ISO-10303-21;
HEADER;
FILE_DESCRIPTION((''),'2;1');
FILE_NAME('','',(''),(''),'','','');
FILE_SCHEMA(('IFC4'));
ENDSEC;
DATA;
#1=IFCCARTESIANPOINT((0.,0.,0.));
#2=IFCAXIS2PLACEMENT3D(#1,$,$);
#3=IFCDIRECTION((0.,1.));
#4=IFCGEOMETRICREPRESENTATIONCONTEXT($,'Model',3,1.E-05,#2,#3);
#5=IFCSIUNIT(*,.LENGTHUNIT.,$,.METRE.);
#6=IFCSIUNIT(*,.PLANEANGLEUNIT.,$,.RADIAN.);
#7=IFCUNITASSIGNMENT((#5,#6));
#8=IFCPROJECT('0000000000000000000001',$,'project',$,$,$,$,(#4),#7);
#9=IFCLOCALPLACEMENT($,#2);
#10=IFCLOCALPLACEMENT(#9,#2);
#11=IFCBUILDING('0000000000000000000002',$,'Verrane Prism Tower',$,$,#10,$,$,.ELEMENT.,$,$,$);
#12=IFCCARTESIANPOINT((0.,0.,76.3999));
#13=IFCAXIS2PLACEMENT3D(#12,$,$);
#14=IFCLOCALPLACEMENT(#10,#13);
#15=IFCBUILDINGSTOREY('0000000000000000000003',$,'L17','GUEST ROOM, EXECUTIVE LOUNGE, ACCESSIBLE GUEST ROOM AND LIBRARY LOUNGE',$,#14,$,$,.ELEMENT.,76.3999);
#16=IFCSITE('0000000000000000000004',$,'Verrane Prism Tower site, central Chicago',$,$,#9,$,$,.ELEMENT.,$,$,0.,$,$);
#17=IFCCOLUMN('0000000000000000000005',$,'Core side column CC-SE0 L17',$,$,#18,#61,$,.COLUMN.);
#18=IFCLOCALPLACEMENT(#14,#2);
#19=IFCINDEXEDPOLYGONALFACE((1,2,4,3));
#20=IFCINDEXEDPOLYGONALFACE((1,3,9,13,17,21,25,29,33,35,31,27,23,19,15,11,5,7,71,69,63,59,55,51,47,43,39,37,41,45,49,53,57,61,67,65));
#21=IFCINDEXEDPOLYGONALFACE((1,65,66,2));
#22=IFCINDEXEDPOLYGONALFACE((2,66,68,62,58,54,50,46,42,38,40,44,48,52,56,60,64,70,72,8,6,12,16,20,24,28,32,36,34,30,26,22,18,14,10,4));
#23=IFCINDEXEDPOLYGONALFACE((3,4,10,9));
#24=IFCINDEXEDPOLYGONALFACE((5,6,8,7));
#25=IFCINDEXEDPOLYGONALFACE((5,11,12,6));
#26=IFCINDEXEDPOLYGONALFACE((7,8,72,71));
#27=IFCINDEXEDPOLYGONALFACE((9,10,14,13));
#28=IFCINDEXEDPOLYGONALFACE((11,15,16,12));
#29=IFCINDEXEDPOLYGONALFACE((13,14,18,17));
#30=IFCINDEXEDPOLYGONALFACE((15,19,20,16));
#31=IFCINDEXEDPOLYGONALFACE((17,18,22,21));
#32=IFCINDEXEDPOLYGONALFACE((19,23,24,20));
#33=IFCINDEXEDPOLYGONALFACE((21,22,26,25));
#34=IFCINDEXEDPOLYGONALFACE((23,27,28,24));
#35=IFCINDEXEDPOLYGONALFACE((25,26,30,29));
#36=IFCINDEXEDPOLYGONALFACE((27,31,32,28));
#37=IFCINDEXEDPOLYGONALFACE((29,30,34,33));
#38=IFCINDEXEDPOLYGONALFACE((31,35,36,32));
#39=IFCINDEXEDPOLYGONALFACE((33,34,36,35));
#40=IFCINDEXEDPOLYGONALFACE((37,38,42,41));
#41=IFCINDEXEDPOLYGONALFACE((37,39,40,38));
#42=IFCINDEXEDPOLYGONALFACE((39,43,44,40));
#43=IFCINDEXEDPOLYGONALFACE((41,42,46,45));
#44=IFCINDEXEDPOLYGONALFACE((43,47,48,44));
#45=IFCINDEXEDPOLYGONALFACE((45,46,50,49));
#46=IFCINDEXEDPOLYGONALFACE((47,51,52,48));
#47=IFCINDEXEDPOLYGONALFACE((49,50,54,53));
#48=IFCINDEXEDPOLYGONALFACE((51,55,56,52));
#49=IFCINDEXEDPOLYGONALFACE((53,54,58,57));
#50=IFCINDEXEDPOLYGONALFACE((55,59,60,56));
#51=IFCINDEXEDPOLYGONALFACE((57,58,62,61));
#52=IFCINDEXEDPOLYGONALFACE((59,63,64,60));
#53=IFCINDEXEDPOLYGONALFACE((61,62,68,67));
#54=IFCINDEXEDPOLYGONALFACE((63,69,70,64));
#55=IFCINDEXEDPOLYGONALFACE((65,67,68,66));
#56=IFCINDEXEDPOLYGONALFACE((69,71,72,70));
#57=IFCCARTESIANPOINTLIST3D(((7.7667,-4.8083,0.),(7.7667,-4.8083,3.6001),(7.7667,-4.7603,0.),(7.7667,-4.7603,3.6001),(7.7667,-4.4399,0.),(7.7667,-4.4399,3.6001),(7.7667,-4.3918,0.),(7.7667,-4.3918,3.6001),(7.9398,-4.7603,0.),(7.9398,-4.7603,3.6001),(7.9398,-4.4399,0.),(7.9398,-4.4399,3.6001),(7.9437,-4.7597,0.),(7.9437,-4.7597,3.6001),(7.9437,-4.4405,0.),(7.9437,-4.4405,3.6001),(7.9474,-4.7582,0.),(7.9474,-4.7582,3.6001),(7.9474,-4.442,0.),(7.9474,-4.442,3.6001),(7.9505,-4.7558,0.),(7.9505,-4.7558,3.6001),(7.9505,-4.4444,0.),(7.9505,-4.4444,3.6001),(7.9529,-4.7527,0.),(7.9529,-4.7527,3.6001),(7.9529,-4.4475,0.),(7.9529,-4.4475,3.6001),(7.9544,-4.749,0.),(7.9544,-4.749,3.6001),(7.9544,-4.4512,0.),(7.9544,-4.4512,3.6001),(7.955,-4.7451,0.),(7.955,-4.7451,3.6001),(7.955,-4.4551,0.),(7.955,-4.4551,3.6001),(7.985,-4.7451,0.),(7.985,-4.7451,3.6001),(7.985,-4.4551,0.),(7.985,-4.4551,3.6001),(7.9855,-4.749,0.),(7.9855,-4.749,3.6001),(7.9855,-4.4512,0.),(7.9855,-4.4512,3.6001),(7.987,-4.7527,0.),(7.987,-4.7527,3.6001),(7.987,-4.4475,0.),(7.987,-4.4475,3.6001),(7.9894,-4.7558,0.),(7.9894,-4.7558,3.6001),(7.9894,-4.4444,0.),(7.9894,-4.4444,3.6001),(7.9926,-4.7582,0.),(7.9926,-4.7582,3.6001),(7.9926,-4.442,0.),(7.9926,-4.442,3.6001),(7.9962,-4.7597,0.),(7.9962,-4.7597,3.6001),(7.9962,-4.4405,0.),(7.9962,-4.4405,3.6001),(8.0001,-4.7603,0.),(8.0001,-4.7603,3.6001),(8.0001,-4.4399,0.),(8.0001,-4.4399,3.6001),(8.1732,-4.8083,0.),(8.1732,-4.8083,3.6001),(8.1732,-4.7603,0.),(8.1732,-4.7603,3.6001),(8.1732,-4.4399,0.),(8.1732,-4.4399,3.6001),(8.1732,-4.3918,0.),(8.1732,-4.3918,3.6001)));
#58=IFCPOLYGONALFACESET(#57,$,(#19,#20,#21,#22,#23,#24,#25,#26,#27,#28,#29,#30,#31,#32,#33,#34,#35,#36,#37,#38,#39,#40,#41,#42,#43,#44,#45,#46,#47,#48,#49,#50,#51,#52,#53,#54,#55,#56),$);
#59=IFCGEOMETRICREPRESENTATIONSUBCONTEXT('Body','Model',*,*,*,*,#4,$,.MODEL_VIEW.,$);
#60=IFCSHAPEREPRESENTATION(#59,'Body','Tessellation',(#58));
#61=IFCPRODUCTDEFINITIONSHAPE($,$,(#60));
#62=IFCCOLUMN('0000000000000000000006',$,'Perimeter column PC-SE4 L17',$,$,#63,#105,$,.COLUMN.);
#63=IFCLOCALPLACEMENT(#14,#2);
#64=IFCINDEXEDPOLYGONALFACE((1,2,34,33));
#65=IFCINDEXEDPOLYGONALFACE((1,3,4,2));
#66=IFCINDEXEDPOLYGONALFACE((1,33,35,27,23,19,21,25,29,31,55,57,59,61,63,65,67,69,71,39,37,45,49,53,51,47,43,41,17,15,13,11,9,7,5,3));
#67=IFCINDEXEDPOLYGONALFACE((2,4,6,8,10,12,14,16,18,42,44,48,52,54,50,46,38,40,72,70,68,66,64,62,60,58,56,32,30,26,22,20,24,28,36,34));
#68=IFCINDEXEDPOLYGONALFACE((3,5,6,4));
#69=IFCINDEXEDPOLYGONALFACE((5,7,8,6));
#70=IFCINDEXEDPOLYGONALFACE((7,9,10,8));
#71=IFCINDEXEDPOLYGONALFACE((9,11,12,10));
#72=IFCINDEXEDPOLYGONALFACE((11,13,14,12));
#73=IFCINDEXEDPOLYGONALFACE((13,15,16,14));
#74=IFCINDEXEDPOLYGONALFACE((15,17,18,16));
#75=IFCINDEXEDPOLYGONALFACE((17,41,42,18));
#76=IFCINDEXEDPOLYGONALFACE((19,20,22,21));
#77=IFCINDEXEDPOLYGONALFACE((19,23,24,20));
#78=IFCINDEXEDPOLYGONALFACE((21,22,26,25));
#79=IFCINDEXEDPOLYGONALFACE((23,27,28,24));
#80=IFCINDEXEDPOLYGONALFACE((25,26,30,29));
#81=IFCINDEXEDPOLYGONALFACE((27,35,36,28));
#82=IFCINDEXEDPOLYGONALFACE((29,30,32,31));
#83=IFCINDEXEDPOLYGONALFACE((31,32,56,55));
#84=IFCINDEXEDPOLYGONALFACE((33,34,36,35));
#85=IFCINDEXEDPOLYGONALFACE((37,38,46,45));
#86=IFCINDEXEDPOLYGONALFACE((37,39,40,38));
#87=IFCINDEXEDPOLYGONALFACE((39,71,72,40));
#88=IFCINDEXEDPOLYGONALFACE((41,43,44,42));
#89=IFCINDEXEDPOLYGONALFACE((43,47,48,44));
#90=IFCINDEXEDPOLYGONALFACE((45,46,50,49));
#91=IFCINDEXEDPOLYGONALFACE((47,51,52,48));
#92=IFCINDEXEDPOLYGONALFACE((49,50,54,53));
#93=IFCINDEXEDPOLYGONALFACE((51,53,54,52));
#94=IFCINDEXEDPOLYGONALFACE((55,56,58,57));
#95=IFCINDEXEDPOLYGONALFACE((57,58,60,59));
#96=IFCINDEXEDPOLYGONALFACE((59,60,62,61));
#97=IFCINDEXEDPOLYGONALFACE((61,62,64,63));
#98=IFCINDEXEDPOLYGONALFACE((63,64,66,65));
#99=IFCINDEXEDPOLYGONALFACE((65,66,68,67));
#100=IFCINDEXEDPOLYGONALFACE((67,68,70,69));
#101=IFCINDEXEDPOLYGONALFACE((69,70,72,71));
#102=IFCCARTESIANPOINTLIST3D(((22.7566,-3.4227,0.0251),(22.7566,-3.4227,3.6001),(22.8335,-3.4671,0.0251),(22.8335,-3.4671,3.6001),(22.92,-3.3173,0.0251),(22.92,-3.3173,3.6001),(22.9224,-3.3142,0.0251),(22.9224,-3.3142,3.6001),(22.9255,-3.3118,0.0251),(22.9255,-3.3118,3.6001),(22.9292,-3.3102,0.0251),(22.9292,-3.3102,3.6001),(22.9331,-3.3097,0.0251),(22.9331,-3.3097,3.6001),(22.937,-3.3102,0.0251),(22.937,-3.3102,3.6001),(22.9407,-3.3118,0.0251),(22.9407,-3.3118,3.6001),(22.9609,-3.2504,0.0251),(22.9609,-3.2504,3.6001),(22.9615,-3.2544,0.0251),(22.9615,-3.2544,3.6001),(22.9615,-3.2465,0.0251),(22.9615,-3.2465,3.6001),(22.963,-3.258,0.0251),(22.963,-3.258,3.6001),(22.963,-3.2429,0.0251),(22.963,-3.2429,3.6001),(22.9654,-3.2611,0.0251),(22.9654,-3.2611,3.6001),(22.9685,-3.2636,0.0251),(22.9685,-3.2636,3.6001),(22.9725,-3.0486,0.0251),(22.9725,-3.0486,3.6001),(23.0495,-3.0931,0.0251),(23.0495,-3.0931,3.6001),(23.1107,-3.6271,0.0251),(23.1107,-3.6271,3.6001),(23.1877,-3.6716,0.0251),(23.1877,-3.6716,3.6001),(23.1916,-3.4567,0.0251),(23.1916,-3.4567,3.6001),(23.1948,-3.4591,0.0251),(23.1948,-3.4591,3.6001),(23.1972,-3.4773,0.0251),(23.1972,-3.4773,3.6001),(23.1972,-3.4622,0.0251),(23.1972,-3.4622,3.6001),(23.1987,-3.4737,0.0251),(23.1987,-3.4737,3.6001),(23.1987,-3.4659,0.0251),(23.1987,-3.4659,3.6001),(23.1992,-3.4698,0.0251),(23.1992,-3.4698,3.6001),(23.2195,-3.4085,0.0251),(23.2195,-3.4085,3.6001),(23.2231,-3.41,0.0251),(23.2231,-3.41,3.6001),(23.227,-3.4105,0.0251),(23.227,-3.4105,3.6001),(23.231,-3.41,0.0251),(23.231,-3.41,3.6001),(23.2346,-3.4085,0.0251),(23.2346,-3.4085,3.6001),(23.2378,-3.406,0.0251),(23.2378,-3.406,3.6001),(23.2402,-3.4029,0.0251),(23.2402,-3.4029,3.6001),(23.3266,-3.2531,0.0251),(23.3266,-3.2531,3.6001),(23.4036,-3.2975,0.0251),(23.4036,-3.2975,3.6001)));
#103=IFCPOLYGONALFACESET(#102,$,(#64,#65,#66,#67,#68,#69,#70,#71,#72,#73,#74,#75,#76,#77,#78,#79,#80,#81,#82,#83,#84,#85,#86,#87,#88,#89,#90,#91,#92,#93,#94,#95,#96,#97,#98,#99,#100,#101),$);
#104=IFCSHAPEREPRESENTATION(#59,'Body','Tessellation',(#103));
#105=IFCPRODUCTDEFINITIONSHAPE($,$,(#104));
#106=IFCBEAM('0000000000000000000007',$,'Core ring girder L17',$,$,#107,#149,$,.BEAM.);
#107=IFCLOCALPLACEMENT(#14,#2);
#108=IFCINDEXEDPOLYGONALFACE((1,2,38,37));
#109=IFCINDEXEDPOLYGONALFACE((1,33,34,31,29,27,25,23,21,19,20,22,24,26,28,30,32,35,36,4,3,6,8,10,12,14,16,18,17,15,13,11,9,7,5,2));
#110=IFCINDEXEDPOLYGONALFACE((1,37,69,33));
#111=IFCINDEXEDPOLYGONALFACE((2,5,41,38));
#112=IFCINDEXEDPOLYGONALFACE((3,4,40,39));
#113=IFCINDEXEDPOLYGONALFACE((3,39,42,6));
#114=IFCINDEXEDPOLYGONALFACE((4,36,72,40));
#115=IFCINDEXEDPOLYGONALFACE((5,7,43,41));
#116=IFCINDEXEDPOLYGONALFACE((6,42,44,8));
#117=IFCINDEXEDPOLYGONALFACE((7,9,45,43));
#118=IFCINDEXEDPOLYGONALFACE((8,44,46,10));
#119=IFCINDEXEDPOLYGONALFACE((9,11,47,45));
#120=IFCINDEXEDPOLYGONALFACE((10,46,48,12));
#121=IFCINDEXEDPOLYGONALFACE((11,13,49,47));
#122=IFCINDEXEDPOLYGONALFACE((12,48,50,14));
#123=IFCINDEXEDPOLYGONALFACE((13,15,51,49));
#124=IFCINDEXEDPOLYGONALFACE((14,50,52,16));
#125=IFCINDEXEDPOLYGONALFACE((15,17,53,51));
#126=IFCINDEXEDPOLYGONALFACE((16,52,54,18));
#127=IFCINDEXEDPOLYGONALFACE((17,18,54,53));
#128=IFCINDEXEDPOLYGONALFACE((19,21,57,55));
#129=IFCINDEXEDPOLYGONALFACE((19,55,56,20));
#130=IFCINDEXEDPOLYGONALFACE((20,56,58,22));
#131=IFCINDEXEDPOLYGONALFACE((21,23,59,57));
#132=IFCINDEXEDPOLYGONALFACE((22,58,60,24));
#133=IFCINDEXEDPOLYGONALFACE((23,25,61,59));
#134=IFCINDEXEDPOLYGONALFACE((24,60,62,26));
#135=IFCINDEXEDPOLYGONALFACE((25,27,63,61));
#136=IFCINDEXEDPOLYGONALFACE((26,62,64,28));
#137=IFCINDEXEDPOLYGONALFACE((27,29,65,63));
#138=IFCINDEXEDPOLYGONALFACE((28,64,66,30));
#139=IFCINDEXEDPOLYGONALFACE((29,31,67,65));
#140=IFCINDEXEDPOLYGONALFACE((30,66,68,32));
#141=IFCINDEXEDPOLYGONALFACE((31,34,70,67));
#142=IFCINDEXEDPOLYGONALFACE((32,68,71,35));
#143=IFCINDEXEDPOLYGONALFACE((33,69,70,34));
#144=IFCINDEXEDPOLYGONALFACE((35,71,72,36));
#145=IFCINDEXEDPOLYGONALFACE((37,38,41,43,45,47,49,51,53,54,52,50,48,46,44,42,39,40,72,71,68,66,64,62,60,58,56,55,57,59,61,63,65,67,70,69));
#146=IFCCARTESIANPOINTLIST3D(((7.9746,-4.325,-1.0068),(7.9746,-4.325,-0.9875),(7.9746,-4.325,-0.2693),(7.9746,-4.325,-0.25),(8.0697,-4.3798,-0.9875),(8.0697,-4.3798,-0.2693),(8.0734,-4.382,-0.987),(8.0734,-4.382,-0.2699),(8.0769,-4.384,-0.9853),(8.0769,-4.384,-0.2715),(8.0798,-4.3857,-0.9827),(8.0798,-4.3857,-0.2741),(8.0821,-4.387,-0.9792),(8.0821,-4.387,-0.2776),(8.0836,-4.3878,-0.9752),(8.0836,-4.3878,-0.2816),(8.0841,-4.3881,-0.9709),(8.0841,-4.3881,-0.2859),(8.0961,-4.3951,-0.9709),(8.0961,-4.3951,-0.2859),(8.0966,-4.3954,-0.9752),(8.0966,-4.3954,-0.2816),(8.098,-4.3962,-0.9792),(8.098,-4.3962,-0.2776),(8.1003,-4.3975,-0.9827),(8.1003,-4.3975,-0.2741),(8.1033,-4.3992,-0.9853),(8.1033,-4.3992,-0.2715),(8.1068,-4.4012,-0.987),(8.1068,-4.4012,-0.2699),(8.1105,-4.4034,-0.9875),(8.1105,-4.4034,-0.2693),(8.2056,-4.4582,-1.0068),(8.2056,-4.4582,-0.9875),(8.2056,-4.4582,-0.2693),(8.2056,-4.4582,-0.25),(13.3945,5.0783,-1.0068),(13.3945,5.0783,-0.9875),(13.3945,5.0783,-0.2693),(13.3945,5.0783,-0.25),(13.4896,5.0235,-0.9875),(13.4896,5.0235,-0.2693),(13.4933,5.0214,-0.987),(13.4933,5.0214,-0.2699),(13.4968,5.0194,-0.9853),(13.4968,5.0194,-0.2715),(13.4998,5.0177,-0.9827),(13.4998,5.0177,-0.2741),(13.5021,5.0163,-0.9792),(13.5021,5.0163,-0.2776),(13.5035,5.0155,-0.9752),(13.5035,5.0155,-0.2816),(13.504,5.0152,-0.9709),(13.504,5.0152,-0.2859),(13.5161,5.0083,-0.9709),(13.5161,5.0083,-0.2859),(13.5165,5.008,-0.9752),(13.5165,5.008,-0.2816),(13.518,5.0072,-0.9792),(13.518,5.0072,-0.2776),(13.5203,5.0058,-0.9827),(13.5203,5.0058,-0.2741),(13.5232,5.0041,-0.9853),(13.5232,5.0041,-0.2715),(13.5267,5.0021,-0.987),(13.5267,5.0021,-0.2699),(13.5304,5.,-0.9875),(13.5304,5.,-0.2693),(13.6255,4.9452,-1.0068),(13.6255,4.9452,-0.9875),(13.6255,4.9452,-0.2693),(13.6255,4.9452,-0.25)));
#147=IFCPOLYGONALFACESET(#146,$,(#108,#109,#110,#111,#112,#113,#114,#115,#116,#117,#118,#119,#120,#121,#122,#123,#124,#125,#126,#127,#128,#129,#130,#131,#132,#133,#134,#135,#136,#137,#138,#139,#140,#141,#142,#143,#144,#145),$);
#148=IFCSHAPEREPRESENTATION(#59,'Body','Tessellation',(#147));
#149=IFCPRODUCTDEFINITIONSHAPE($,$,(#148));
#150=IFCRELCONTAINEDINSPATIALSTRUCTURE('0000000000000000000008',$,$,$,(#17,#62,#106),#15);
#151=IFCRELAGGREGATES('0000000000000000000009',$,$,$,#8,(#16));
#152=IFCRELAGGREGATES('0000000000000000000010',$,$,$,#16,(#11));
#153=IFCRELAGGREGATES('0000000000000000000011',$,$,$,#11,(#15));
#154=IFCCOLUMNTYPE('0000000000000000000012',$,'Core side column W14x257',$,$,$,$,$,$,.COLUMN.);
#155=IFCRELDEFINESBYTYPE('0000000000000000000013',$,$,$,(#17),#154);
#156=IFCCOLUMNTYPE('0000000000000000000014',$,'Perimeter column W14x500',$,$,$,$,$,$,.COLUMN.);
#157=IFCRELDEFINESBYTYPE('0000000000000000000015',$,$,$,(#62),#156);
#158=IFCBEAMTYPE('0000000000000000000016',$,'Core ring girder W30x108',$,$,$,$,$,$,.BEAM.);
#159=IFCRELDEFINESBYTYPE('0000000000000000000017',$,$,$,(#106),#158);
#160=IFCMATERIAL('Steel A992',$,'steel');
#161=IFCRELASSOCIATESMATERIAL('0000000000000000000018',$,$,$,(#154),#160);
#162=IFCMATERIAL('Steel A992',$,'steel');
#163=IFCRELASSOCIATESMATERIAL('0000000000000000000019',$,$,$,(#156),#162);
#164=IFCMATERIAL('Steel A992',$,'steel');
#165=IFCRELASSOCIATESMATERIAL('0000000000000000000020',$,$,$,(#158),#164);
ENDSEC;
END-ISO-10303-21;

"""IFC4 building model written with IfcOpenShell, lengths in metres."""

from ifc_helpers import new_model, si_unit, direction, frame, origin, origin_2d, place, context, subcontext, project, spatial, i_section, extrude, material, material_profile, profile_set, type_object, element, save


model = new_model("IFC4")

# Units and contexts
model_context = context("Model", 3, precision=1e-05, world=origin(), true_north=direction((0.0, 1.0)))
body_context = subcontext(model_context, "Body", "Model", "MODEL_VIEW")
ifc_project = project(units=[si_unit("LENGTHUNIT", "METRE"), si_unit("PLANEANGLEUNIT", "RADIAN")], contexts=[model_context])

# Site, building, storey
site_placement = place(None, origin())
site = spatial("IfcSite", under=ifc_project, at=site_placement, Name="Verrane Prism Tower site, central Chicago", CompositionType="ELEMENT", RefElevation=0.0)
building_placement = place(site_placement, origin())
building = spatial("IfcBuilding", under=site, at=building_placement, Name="Verrane Prism Tower", CompositionType="ELEMENT")
storey_placement = place(building_placement, frame((0.0, 0.0, 76.3999)))
storey = spatial("IfcBuildingStorey", under=building, at=storey_placement, Name="L17", Description="GUEST ROOM, EXECUTIVE LOUNGE, ACCESSIBLE GUEST ROOM AND LIBRARY LOUNGE", CompositionType="ELEMENT", Elevation=76.3999)

# Columns
ifc_material_1 = material(Name="Steel A992", Category="steel")
ifc_material_profile_1 = material_profile(ifc_material_1, i_section(OverallWidth=0.4065, OverallDepth=0.4165, WebThickness=0.03, FlangeThickness=0.0481, FilletRadius=0.0151, at=origin_2d()), Name="W14x257")
ifc_profile_set_1 = profile_set([ifc_material_profile_1], Name="Steel A992")
column_type_1 = type_object("IfcColumnType", Name="Core side column W14x257", PredefinedType="COLUMN", material=ifc_profile_set_1)
column_1_placement = place(storey_placement, frame((7.97, -4.6001, 0.0), z_axis=(0.0, 0.0, 1.0), x_axis=(1.0, 0.0, 0.0)))
element("IfcColumn", 1, at=column_1_placement, inside=storey, type_object=column_type_1, Name="Core side column CC-SE0 L17", PredefinedType="COLUMN", context=body_context, shape_type="SweptSolid", body=[
    extrude(i_section(OverallWidth=0.4065, OverallDepth=0.4165, WebThickness=0.03, FlangeThickness=0.0481, FilletRadius=0.0151, at=origin_2d()), origin(), (0.0, 0.0, 1.0), 3.6001),
])
ifc_material_2 = material(Name="Steel A992", Category="steel")
ifc_material_profile_2 = material_profile(ifc_material_2, i_section(OverallWidth=0.4319, OverallDepth=0.4978, WebThickness=0.0557, FlangeThickness=0.0889, FilletRadius=0.0151, at=origin_2d()), Name="W14x500")
ifc_profile_set_2 = profile_set([ifc_material_profile_2], Name="Steel A992")
column_type_2 = type_object("IfcColumnType", Name="Perimeter column W14x500", PredefinedType="COLUMN", material=ifc_profile_set_2)
column_2_placement = place(storey_placement, frame((23.0801, -3.3601, 0.0251), z_axis=(0.0, 0.0, 1.0), x_axis=(-0.5, -0.866025, 0.0)))
element("IfcColumn", 2, at=column_2_placement, inside=storey, type_object=column_type_2, Name="Perimeter column PC-SE4 L17", PredefinedType="COLUMN", context=body_context, shape_type="SweptSolid", body=[
    extrude(i_section(OverallWidth=0.4319, OverallDepth=0.4978, WebThickness=0.0557, FlangeThickness=0.0889, FilletRadius=0.0151, at=origin_2d()), origin(), (0.0, 0.0, 1.0), 3.575),
])

# Beam
ifc_material_3 = material(Name="Steel A992", Category="steel")
ifc_material_profile_3 = material_profile(ifc_material_3, i_section(OverallWidth=0.2666, OverallDepth=0.7568, WebThickness=0.0139, FlangeThickness=0.0193, FilletRadius=0.0166, at=origin_2d()), Name="W30x108")
ifc_profile_set_3 = profile_set([ifc_material_profile_3], Name="Steel A992")
beam_type_1 = type_object("IfcBeamType", Name="Core ring girder W30x108", PredefinedType="BEAM", material=ifc_profile_set_3)
beam_1_placement = place(storey_placement, frame((8.0901, -4.3916, -0.6284), z_axis=(0.499372, 0.866388, 0.0), x_axis=(-0.866388, 0.499372, 0.0)))
element("IfcBeam", 3, at=beam_1_placement, inside=storey, type_object=beam_type_1, Name="Core ring girder L17", PredefinedType="BEAM", context=body_context, shape_type="SweptSolid", body=[
    extrude(i_section(OverallWidth=0.2666, OverallDepth=0.7568, WebThickness=0.0139, FlangeThickness=0.0193, FilletRadius=0.0166, at=origin_2d()), origin(), (0.0, 0.0, 1.0), 10.8535),
])

save(model, "model.ifc")
